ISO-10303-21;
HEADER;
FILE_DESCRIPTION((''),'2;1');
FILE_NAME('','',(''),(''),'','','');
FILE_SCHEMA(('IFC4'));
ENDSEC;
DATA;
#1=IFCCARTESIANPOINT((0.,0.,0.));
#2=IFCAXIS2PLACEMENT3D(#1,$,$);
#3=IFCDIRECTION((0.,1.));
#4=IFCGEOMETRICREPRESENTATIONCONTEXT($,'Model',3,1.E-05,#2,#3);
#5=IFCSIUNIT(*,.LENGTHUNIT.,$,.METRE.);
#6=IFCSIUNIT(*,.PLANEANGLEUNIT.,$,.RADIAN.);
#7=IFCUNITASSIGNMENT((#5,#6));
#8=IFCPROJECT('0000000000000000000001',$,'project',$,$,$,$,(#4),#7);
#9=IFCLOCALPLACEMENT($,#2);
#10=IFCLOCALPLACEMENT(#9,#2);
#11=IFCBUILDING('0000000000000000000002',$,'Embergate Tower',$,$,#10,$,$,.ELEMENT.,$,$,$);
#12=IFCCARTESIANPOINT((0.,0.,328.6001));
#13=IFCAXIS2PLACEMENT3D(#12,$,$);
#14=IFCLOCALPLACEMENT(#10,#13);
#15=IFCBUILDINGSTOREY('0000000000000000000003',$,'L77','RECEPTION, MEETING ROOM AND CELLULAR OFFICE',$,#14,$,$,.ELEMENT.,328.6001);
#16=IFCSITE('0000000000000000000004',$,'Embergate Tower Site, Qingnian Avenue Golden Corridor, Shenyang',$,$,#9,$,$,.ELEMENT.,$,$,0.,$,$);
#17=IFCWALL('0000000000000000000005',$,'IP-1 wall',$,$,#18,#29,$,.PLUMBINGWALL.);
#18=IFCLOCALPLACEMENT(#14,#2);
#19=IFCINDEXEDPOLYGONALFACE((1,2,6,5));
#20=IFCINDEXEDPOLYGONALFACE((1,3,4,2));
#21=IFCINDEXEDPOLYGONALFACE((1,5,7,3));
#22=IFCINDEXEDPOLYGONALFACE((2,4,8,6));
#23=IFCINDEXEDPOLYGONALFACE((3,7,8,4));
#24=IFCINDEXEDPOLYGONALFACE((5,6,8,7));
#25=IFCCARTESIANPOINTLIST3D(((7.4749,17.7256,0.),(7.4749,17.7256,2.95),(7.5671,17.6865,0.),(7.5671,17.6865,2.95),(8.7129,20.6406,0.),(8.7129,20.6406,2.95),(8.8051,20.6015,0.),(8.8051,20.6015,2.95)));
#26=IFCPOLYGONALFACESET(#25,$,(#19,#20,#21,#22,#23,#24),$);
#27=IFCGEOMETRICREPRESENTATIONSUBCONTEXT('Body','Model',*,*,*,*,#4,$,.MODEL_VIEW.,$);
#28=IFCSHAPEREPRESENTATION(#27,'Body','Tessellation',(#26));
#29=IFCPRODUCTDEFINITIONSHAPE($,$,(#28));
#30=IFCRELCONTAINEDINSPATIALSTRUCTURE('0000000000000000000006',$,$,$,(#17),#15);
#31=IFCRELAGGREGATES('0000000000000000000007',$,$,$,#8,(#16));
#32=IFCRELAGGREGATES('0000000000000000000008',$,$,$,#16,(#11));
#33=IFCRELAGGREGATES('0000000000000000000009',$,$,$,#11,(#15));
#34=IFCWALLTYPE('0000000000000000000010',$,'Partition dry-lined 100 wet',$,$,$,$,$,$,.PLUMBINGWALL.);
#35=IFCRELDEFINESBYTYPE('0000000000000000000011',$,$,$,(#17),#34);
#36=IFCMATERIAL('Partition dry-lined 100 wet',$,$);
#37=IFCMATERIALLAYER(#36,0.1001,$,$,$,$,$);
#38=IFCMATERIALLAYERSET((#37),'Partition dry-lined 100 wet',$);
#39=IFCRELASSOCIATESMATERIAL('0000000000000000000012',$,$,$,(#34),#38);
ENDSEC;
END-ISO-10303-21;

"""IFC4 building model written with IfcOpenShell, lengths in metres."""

from ifc_helpers import new_model, si_unit, direction, frame, frame_2d, origin, place, context, subcontext, project, spatial, rectangle, extrude, source, transform, mapped, material, layer, layer_set, type_object, element, save


model = new_model("IFC4")

# Units and contexts
model_context = context("Model", 3, precision=1e-05, world=origin(), true_north=direction((0.0, 1.0)))
body_context = subcontext(model_context, "Body", "Model", "MODEL_VIEW")
ifc_project = project(units=[si_unit("LENGTHUNIT", "METRE"), si_unit("PLANEANGLEUNIT", "RADIAN")], contexts=[model_context])

# Site, building, storey
site_placement = place(None, origin())
site = spatial("IfcSite", under=ifc_project, at=site_placement, Name="Embergate Tower Site, Qingnian Avenue Golden Corridor, Shenyang", CompositionType="ELEMENT", RefElevation=0.0)
building_placement = place(site_placement, origin())
building = spatial("IfcBuilding", under=site, at=building_placement, Name="Embergate Tower", CompositionType="ELEMENT")
storey_placement = place(building_placement, frame((0.0, 0.0, 328.6001)))
storey = spatial("IfcBuildingStorey", under=building, at=storey_placement, Name="L77", Description="RECEPTION, MEETING ROOM AND CELLULAR OFFICE", CompositionType="ELEMENT", Elevation=328.6001)

# Wall
ifc_material_1 = material(Name="Partition dry-lined 100 wet")
ifc_layer_1 = layer(ifc_material_1, 0.1001)
ifc_layer_set_1 = layer_set([ifc_layer_1], Name="Partition dry-lined 100 wet")
wall_type_1 = type_object("IfcWallType", Name="Partition dry-lined 100 wet", PredefinedType="PLUMBINGWALL", material=ifc_layer_set_1)
shared_shape_1 = source(origin(), body_context, "Body", "SweptSolid", [
    extrude(rectangle(XDim=3.167, YDim=0.1001, at=frame_2d((1.5835, 0.0))), origin(), (0.0, 0.0, 1.0), 2.95),
])
wall_1_placement = place(storey_placement, frame((7.521, 17.7061, 0.0), z_axis=(0.0, 0.0, 1.0), x_axis=(0.390912, 0.920428, 0.0)))
element("IfcWall", 1, at=wall_1_placement, inside=storey, type_object=wall_type_1, Name="IP-1 wall", PredefinedType="PLUMBINGWALL", context=body_context, shape_type="MappedRepresentation", body=[
    mapped(shared_shape_1, transform((0.0, 0.0, 0.0))),
])

save(model, "model.ifc")
